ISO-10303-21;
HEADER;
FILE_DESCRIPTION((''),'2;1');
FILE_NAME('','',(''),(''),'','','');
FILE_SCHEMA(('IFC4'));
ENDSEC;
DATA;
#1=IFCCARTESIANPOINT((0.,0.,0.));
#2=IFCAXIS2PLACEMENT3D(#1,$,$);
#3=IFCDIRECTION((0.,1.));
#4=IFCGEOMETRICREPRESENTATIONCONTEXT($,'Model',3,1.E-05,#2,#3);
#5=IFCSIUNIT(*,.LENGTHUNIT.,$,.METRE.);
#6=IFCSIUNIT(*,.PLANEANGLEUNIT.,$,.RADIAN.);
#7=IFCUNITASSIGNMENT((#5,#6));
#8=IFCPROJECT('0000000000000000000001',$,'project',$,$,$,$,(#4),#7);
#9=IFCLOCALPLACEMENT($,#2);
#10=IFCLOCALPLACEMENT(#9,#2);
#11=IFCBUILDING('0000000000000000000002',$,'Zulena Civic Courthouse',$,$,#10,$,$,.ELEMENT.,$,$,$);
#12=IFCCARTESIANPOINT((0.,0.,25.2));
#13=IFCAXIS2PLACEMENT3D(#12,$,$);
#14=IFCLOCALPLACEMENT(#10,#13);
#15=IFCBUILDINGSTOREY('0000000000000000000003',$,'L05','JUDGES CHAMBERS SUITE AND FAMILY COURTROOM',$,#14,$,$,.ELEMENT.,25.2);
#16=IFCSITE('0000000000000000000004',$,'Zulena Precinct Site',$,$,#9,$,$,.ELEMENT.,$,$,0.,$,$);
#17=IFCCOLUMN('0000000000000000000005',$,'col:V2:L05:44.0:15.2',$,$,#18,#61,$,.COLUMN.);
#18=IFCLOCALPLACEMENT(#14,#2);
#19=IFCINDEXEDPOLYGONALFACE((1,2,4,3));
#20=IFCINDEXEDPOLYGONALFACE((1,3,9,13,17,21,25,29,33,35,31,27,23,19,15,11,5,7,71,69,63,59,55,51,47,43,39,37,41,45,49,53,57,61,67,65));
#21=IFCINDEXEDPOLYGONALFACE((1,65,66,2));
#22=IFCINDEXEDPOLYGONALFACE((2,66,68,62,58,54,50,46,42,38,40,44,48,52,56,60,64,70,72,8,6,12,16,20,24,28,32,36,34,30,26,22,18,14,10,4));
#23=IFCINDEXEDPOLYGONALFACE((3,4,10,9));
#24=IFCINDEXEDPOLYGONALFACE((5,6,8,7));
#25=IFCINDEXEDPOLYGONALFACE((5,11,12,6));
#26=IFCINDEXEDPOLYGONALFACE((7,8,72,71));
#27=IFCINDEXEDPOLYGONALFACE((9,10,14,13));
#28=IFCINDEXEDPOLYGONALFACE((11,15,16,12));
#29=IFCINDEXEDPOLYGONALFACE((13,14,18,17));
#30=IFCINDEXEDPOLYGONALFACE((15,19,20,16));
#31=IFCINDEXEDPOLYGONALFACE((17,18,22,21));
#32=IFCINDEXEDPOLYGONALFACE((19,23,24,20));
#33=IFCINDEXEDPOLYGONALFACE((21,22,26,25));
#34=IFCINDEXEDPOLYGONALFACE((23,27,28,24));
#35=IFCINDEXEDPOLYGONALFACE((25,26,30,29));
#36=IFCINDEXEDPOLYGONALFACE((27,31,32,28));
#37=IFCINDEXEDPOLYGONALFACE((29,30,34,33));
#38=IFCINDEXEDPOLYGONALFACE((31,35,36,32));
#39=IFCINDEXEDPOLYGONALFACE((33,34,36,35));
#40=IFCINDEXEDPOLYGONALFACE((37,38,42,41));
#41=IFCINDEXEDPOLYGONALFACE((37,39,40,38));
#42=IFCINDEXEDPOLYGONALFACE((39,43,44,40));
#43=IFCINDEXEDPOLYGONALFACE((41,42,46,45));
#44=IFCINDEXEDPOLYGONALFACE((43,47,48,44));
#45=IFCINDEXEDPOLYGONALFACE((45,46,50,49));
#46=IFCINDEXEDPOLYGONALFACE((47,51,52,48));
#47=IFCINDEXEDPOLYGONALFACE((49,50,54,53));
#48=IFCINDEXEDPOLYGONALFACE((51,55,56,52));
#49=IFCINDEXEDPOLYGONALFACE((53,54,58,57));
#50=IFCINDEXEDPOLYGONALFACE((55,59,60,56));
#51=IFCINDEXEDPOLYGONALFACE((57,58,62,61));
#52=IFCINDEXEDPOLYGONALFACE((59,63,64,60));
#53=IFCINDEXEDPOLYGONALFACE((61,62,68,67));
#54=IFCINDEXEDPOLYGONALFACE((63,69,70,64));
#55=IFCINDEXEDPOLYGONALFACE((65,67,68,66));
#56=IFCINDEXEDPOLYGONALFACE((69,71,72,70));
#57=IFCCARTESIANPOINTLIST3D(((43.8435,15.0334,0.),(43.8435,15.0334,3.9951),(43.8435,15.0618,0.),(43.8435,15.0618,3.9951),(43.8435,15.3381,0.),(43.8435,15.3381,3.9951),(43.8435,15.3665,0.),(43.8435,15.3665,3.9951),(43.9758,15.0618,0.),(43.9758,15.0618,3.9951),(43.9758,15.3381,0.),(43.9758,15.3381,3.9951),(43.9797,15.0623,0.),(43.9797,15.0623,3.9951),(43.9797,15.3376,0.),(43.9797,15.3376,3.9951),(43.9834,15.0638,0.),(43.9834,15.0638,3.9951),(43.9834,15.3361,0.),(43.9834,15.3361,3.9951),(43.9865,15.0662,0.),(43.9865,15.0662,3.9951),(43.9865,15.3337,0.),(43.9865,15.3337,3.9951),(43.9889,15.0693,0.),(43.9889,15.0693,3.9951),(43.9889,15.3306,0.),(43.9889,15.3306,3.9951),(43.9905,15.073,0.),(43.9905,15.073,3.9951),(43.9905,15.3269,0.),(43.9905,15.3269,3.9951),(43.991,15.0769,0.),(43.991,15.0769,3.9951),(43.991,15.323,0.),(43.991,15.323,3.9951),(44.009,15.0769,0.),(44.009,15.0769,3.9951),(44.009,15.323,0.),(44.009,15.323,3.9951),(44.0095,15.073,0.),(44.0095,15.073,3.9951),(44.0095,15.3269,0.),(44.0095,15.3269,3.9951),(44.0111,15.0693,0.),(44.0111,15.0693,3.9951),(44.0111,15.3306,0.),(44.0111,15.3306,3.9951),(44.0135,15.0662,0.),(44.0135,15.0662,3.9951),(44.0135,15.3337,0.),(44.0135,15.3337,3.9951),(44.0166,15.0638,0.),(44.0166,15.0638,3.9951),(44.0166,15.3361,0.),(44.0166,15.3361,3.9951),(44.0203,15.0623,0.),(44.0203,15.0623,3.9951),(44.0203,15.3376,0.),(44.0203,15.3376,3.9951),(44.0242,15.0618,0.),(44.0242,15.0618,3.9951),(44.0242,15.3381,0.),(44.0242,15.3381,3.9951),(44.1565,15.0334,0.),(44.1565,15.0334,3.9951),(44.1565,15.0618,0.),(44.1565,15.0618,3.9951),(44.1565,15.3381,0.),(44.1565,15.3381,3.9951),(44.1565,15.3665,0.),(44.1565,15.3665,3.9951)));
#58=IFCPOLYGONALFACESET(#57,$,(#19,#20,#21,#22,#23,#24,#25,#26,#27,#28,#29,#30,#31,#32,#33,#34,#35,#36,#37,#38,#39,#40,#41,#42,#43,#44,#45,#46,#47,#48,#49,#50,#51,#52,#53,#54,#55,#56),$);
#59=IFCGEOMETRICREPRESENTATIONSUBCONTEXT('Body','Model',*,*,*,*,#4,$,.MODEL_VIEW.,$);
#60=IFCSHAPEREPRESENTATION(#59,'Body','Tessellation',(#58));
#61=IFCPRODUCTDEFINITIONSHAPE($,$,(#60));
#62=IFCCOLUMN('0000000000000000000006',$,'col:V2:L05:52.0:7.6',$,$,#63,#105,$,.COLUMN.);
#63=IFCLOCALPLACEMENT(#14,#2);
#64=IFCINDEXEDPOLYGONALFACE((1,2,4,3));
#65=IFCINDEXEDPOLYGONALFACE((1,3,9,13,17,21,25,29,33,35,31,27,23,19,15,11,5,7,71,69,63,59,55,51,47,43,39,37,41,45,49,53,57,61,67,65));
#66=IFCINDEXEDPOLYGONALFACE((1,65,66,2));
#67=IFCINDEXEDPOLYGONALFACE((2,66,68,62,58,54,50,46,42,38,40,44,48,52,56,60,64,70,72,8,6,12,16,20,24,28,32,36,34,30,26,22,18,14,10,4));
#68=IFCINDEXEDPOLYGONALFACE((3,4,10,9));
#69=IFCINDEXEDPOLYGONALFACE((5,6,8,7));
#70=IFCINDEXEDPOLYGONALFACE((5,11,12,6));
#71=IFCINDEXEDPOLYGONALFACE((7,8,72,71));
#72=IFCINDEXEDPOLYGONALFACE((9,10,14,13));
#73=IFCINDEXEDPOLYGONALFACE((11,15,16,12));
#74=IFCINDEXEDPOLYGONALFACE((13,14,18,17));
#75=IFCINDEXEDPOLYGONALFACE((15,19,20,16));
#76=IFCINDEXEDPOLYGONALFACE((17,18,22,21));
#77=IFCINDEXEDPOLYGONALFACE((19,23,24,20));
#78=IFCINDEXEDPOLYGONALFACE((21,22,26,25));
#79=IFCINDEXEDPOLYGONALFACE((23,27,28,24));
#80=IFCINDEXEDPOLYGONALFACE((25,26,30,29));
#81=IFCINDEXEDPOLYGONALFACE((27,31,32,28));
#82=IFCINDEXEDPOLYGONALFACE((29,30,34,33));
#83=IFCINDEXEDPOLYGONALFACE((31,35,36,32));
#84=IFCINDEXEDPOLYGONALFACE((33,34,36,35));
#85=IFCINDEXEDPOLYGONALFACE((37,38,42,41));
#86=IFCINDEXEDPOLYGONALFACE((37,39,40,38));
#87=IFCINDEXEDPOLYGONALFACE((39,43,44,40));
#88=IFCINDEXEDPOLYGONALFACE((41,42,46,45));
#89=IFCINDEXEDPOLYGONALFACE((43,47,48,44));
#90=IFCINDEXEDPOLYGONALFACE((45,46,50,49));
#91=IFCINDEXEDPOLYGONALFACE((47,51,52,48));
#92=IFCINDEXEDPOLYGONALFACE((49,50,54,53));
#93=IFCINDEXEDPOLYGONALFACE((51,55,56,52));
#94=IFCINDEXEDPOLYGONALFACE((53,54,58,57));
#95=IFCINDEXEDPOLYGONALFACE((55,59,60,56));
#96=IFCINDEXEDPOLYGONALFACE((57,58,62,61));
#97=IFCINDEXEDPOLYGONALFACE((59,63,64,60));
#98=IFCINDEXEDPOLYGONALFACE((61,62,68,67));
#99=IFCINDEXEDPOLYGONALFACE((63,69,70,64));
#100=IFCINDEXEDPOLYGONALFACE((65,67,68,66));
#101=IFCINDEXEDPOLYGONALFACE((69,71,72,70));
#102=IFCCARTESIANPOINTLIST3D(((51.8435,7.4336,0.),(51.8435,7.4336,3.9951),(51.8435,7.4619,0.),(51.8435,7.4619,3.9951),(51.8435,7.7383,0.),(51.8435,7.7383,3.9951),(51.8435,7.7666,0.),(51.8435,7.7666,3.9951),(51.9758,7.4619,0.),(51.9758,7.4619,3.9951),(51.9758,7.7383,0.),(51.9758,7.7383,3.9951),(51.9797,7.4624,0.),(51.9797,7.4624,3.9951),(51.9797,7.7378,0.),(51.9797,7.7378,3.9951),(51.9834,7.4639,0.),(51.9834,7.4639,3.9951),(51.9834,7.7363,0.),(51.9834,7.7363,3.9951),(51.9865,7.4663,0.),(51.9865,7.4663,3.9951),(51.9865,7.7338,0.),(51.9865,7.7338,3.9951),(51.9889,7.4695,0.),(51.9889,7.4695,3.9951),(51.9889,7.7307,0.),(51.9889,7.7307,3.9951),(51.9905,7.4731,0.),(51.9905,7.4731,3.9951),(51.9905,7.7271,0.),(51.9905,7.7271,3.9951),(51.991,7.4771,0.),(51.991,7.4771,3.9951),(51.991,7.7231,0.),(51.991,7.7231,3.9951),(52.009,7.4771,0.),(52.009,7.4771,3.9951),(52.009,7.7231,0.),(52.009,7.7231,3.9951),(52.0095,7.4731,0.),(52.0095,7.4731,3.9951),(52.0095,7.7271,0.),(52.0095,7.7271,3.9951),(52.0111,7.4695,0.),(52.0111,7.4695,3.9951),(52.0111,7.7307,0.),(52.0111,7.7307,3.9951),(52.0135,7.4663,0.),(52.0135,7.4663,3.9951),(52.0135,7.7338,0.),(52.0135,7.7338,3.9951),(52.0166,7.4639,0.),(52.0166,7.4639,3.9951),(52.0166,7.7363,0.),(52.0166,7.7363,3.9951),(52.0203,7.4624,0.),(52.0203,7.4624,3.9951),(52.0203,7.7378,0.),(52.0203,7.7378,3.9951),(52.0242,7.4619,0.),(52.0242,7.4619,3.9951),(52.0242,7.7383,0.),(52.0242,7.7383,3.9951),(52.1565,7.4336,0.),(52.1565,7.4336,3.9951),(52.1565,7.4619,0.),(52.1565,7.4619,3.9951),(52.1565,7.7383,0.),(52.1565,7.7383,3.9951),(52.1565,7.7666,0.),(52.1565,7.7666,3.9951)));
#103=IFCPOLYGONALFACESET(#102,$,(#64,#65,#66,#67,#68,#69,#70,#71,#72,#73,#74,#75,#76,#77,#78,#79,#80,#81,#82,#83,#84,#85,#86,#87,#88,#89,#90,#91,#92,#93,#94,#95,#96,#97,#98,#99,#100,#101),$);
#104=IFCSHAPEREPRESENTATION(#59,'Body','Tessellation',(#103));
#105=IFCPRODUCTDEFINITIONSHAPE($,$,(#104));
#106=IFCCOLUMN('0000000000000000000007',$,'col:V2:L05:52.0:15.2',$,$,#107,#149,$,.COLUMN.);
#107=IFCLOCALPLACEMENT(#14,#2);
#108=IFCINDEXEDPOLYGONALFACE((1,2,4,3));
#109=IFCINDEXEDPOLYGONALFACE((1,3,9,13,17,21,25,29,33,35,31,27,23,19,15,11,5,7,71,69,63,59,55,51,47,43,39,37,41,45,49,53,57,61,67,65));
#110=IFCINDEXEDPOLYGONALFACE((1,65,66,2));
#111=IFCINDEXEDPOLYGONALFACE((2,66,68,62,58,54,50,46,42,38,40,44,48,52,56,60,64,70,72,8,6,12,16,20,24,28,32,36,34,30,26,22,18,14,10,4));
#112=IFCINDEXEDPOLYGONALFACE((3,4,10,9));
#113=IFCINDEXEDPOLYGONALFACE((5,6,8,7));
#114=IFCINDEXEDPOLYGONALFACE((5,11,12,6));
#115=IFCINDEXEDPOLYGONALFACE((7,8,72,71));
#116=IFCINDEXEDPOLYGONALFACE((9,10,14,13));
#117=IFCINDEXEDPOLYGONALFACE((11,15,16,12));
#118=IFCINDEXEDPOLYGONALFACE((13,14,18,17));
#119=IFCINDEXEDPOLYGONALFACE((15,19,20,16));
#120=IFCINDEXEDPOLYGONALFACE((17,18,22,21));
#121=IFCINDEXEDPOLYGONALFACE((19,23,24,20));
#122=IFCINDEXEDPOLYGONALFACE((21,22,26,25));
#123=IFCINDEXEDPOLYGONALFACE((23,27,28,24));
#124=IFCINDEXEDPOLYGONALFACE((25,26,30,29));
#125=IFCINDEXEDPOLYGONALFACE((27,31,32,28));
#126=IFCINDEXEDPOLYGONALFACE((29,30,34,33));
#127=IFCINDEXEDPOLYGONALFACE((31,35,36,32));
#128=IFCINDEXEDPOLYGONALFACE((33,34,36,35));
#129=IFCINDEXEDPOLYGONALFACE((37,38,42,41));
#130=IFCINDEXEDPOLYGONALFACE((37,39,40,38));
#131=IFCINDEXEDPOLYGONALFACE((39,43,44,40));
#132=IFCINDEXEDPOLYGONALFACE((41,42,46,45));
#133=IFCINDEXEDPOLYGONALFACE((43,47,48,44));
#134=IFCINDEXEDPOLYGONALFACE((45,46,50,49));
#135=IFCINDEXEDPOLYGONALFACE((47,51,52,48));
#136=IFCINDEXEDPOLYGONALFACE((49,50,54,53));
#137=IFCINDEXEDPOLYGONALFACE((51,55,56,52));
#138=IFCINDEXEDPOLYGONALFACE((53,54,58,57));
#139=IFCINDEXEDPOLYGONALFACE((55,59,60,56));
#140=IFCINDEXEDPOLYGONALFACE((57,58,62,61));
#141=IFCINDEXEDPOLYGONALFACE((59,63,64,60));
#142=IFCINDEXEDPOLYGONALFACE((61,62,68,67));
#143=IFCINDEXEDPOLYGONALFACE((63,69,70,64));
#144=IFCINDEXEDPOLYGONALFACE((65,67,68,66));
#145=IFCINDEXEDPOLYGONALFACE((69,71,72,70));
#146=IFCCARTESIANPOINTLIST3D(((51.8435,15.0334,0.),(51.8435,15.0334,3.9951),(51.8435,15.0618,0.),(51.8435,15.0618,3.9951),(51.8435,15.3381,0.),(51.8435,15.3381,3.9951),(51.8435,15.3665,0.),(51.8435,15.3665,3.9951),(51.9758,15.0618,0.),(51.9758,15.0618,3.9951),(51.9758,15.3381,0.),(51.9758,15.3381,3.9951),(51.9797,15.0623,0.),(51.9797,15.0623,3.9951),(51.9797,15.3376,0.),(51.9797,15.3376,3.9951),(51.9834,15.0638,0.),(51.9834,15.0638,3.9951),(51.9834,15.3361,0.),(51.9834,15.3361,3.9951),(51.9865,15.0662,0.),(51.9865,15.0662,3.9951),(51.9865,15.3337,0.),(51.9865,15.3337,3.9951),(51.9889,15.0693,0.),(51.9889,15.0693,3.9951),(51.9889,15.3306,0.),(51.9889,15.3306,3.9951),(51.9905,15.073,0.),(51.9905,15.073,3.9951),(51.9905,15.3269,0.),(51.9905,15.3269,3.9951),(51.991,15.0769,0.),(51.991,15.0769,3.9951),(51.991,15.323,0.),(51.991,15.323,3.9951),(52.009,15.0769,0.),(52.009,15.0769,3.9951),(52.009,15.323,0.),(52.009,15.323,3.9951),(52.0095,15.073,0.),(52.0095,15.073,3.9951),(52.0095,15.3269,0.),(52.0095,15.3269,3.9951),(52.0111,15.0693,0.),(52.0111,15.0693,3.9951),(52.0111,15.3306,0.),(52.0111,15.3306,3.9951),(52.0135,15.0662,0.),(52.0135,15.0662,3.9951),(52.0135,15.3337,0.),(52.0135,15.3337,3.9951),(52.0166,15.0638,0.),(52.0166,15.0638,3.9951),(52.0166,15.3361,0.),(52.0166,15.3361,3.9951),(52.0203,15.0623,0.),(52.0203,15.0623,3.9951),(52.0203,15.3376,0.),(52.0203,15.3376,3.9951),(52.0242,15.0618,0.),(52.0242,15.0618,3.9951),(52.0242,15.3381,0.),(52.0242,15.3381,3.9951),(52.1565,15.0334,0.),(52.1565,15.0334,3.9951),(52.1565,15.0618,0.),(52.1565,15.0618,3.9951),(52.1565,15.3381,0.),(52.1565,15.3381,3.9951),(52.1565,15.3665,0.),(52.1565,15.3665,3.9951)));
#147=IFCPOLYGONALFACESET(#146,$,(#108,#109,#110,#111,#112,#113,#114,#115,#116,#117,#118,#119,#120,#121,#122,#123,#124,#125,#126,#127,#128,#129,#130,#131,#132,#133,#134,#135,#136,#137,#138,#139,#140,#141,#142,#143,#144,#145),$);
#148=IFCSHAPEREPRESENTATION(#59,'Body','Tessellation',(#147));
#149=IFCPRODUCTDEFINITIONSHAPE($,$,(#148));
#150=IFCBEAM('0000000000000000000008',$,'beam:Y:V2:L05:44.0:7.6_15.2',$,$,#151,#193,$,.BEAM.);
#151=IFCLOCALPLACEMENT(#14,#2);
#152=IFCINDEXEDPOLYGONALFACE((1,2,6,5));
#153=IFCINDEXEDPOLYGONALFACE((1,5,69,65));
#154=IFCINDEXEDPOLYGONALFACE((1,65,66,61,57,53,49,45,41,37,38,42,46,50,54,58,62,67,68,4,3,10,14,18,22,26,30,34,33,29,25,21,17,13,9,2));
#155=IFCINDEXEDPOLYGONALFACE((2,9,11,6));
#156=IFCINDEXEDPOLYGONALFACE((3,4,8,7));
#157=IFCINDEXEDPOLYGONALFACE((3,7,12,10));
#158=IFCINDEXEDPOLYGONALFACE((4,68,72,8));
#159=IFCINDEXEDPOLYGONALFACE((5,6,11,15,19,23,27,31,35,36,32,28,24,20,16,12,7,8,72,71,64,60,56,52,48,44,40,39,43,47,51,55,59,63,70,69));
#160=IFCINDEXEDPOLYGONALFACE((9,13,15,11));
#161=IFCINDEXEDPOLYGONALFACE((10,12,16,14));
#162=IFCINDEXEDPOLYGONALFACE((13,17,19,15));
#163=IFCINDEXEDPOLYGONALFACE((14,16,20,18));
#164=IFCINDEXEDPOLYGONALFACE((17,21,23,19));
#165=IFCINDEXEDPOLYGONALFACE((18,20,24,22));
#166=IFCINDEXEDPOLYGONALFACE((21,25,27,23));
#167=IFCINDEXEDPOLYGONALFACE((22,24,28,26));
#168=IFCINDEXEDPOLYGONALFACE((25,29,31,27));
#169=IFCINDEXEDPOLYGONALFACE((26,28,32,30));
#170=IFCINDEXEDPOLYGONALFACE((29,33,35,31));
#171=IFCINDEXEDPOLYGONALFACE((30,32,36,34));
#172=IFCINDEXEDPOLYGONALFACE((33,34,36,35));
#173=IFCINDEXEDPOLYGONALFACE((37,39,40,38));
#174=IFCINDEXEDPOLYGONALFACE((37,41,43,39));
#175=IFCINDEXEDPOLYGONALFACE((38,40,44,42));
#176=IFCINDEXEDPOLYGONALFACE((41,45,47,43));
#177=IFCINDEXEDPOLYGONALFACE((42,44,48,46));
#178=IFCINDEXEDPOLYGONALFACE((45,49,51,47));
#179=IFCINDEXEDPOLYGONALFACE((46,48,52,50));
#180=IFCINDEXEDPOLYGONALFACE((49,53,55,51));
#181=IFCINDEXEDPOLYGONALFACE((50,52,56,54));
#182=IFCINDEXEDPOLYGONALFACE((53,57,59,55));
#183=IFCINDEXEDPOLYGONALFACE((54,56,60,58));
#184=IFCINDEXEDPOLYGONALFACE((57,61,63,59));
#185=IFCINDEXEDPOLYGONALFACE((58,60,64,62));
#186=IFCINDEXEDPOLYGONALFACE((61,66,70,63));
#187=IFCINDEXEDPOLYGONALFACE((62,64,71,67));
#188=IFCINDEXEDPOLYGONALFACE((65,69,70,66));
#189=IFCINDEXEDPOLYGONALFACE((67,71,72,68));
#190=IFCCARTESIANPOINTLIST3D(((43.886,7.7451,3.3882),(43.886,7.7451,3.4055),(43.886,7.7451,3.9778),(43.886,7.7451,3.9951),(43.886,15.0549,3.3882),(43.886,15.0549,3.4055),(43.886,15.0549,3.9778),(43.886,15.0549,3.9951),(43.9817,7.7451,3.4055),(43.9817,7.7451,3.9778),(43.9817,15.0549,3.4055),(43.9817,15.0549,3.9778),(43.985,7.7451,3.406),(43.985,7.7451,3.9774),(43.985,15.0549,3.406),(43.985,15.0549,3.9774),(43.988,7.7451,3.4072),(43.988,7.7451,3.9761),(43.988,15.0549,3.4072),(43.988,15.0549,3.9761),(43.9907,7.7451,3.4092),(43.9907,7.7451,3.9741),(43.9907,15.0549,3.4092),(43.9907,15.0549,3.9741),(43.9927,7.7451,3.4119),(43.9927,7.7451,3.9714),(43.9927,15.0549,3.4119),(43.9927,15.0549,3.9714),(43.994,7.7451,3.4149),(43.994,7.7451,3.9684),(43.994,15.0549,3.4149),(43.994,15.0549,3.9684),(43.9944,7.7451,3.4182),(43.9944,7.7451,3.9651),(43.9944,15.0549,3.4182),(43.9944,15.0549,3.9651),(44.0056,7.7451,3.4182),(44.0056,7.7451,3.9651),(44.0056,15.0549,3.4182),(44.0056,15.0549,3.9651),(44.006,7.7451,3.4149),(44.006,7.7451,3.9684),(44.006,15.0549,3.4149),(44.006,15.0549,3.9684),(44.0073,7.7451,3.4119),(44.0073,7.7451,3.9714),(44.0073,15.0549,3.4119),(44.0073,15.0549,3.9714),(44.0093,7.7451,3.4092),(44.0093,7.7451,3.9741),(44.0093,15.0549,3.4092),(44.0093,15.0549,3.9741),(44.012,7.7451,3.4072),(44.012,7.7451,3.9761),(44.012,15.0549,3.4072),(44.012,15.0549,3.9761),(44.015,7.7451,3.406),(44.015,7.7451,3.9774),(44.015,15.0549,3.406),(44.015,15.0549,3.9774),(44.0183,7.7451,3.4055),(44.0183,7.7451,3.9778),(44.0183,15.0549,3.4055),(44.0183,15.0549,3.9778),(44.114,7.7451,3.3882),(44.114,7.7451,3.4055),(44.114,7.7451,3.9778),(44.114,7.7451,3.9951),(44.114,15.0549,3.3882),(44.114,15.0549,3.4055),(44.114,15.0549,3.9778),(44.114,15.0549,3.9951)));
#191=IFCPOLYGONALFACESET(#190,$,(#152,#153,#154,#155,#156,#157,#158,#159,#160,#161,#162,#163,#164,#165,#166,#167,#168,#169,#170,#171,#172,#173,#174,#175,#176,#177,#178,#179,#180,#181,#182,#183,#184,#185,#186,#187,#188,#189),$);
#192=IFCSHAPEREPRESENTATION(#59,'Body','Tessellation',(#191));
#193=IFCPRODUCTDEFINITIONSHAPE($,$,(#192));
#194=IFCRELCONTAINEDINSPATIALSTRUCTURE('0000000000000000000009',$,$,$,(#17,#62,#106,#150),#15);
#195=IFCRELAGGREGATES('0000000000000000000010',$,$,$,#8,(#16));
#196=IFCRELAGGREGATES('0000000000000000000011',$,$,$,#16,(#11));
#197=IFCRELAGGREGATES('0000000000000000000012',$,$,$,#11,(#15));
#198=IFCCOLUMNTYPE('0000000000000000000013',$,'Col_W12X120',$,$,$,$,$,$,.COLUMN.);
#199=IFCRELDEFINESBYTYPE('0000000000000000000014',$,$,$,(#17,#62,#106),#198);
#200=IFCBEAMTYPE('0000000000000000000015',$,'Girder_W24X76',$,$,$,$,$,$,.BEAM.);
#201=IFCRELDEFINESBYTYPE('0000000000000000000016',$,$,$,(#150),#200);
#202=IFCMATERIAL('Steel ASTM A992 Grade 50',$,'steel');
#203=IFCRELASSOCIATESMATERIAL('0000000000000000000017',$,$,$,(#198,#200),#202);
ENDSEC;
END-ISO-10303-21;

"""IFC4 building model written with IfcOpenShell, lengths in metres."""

from ifc_helpers import new_model, si_unit, direction, frame, origin, origin_2d, place, context, subcontext, project, spatial, i_section, extrude, material, material_profile, profile_set, type_object, element, save


model = new_model("IFC4")

# Units and contexts
model_context = context("Model", 3, precision=1e-05, world=origin(), true_north=direction((0.0, 1.0)))
body_context = subcontext(model_context, "Body", "Model", "MODEL_VIEW")
ifc_project = project(units=[si_unit("LENGTHUNIT", "METRE"), si_unit("PLANEANGLEUNIT", "RADIAN")], contexts=[model_context])

# Site, building, storey
site_placement = place(None, origin())
site = spatial("IfcSite", under=ifc_project, at=site_placement, Name="Zulena Precinct Site", CompositionType="ELEMENT", RefElevation=0.0)
building_placement = place(site_placement, origin())
building = spatial("IfcBuilding", under=site, at=building_placement, Name="Zulena Civic Courthouse", CompositionType="ELEMENT")
storey_placement = place(building_placement, frame((0.0, 0.0, 25.2)))
storey = spatial("IfcBuildingStorey", under=building, at=storey_placement, Name="L05", Description="JUDGES CHAMBERS SUITE AND FAMILY COURTROOM", CompositionType="ELEMENT", Elevation=25.2)

# Columns
ifc_material_1 = material(Name="Steel ASTM A992 Grade 50", Category="steel")
ifc_material_profile_1 = material_profile(ifc_material_1, i_section(OverallWidth=0.313, OverallDepth=0.333, WebThickness=0.0181, FlangeThickness=0.0283, FilletRadius=0.0151, at=origin_2d()), Name="W12X120")
ifc_profile_set_1 = profile_set([ifc_material_profile_1], Name="Steel ASTM A992 Grade 50")
column_type = type_object("IfcColumnType", Name="Col_W12X120", PredefinedType="COLUMN", material=ifc_profile_set_1)
for number, where, z_axis, x_axis, name in (
    (1, (44.0, 15.2, 0.0), (0.0, 0.0, 1.0), (1.0, 0.0, 0.0), "col:V2:L05:44.0:15.2"),
    (2, (52.0, 7.6001, 0.0), (0.0, 0.0, 1.0), (1.0, 0.0, 0.0), "col:V2:L05:52.0:7.6"),
    (3, (52.0, 15.2, 0.0), (0.0, 0.0, 1.0), (1.0, 0.0, 0.0), "col:V2:L05:52.0:15.2"),
):
    element("IfcColumn", number, at=place(storey_placement, frame(where, z_axis=z_axis, x_axis=x_axis)), inside=storey, type_object=column_type, Name=name, PredefinedType="COLUMN", context=body_context, shape_type="SweptSolid", body=[
        extrude(i_section(OverallWidth=0.313, OverallDepth=0.333, WebThickness=0.0181, FlangeThickness=0.0283, FilletRadius=0.0151, at=origin_2d()), origin(), (0.0, 0.0, 1.0), 3.9951),
    ])

# Beam
ifc_material_profile_2 = material_profile(ifc_material_1, i_section(OverallWidth=0.228, OverallDepth=0.6069, WebThickness=0.0112, FlangeThickness=0.0173, FilletRadius=0.0127, at=origin_2d()), Name="W24X76")
ifc_profile_set_2 = profile_set([ifc_material_profile_2], Name="Steel ASTM A992 Grade 50")
beam_type_1 = type_object("IfcBeamType", Name="Girder_W24X76", PredefinedType="BEAM", material=ifc_profile_set_2)
for number, where, z_axis, x_axis, name in (
    (4, (44.0, 7.7451, 3.6917), (0.0, 1.0, 0.0), (-1.0, 0.0, 0.0), "beam:Y:V2:L05:44.0:7.6_15.2"),
):
    element("IfcBeam", number, at=place(storey_placement, frame(where, z_axis=z_axis, x_axis=x_axis)), inside=storey, type_object=beam_type_1, Name=name, PredefinedType="BEAM", context=body_context, shape_type="SweptSolid", body=[
        extrude(i_section(OverallWidth=0.228, OverallDepth=0.6069, WebThickness=0.0112, FlangeThickness=0.0173, FilletRadius=0.0127, at=origin_2d()), origin(), (0.0, 0.0, 1.0), 7.3098),
    ])

save(model, "model.ifc")
